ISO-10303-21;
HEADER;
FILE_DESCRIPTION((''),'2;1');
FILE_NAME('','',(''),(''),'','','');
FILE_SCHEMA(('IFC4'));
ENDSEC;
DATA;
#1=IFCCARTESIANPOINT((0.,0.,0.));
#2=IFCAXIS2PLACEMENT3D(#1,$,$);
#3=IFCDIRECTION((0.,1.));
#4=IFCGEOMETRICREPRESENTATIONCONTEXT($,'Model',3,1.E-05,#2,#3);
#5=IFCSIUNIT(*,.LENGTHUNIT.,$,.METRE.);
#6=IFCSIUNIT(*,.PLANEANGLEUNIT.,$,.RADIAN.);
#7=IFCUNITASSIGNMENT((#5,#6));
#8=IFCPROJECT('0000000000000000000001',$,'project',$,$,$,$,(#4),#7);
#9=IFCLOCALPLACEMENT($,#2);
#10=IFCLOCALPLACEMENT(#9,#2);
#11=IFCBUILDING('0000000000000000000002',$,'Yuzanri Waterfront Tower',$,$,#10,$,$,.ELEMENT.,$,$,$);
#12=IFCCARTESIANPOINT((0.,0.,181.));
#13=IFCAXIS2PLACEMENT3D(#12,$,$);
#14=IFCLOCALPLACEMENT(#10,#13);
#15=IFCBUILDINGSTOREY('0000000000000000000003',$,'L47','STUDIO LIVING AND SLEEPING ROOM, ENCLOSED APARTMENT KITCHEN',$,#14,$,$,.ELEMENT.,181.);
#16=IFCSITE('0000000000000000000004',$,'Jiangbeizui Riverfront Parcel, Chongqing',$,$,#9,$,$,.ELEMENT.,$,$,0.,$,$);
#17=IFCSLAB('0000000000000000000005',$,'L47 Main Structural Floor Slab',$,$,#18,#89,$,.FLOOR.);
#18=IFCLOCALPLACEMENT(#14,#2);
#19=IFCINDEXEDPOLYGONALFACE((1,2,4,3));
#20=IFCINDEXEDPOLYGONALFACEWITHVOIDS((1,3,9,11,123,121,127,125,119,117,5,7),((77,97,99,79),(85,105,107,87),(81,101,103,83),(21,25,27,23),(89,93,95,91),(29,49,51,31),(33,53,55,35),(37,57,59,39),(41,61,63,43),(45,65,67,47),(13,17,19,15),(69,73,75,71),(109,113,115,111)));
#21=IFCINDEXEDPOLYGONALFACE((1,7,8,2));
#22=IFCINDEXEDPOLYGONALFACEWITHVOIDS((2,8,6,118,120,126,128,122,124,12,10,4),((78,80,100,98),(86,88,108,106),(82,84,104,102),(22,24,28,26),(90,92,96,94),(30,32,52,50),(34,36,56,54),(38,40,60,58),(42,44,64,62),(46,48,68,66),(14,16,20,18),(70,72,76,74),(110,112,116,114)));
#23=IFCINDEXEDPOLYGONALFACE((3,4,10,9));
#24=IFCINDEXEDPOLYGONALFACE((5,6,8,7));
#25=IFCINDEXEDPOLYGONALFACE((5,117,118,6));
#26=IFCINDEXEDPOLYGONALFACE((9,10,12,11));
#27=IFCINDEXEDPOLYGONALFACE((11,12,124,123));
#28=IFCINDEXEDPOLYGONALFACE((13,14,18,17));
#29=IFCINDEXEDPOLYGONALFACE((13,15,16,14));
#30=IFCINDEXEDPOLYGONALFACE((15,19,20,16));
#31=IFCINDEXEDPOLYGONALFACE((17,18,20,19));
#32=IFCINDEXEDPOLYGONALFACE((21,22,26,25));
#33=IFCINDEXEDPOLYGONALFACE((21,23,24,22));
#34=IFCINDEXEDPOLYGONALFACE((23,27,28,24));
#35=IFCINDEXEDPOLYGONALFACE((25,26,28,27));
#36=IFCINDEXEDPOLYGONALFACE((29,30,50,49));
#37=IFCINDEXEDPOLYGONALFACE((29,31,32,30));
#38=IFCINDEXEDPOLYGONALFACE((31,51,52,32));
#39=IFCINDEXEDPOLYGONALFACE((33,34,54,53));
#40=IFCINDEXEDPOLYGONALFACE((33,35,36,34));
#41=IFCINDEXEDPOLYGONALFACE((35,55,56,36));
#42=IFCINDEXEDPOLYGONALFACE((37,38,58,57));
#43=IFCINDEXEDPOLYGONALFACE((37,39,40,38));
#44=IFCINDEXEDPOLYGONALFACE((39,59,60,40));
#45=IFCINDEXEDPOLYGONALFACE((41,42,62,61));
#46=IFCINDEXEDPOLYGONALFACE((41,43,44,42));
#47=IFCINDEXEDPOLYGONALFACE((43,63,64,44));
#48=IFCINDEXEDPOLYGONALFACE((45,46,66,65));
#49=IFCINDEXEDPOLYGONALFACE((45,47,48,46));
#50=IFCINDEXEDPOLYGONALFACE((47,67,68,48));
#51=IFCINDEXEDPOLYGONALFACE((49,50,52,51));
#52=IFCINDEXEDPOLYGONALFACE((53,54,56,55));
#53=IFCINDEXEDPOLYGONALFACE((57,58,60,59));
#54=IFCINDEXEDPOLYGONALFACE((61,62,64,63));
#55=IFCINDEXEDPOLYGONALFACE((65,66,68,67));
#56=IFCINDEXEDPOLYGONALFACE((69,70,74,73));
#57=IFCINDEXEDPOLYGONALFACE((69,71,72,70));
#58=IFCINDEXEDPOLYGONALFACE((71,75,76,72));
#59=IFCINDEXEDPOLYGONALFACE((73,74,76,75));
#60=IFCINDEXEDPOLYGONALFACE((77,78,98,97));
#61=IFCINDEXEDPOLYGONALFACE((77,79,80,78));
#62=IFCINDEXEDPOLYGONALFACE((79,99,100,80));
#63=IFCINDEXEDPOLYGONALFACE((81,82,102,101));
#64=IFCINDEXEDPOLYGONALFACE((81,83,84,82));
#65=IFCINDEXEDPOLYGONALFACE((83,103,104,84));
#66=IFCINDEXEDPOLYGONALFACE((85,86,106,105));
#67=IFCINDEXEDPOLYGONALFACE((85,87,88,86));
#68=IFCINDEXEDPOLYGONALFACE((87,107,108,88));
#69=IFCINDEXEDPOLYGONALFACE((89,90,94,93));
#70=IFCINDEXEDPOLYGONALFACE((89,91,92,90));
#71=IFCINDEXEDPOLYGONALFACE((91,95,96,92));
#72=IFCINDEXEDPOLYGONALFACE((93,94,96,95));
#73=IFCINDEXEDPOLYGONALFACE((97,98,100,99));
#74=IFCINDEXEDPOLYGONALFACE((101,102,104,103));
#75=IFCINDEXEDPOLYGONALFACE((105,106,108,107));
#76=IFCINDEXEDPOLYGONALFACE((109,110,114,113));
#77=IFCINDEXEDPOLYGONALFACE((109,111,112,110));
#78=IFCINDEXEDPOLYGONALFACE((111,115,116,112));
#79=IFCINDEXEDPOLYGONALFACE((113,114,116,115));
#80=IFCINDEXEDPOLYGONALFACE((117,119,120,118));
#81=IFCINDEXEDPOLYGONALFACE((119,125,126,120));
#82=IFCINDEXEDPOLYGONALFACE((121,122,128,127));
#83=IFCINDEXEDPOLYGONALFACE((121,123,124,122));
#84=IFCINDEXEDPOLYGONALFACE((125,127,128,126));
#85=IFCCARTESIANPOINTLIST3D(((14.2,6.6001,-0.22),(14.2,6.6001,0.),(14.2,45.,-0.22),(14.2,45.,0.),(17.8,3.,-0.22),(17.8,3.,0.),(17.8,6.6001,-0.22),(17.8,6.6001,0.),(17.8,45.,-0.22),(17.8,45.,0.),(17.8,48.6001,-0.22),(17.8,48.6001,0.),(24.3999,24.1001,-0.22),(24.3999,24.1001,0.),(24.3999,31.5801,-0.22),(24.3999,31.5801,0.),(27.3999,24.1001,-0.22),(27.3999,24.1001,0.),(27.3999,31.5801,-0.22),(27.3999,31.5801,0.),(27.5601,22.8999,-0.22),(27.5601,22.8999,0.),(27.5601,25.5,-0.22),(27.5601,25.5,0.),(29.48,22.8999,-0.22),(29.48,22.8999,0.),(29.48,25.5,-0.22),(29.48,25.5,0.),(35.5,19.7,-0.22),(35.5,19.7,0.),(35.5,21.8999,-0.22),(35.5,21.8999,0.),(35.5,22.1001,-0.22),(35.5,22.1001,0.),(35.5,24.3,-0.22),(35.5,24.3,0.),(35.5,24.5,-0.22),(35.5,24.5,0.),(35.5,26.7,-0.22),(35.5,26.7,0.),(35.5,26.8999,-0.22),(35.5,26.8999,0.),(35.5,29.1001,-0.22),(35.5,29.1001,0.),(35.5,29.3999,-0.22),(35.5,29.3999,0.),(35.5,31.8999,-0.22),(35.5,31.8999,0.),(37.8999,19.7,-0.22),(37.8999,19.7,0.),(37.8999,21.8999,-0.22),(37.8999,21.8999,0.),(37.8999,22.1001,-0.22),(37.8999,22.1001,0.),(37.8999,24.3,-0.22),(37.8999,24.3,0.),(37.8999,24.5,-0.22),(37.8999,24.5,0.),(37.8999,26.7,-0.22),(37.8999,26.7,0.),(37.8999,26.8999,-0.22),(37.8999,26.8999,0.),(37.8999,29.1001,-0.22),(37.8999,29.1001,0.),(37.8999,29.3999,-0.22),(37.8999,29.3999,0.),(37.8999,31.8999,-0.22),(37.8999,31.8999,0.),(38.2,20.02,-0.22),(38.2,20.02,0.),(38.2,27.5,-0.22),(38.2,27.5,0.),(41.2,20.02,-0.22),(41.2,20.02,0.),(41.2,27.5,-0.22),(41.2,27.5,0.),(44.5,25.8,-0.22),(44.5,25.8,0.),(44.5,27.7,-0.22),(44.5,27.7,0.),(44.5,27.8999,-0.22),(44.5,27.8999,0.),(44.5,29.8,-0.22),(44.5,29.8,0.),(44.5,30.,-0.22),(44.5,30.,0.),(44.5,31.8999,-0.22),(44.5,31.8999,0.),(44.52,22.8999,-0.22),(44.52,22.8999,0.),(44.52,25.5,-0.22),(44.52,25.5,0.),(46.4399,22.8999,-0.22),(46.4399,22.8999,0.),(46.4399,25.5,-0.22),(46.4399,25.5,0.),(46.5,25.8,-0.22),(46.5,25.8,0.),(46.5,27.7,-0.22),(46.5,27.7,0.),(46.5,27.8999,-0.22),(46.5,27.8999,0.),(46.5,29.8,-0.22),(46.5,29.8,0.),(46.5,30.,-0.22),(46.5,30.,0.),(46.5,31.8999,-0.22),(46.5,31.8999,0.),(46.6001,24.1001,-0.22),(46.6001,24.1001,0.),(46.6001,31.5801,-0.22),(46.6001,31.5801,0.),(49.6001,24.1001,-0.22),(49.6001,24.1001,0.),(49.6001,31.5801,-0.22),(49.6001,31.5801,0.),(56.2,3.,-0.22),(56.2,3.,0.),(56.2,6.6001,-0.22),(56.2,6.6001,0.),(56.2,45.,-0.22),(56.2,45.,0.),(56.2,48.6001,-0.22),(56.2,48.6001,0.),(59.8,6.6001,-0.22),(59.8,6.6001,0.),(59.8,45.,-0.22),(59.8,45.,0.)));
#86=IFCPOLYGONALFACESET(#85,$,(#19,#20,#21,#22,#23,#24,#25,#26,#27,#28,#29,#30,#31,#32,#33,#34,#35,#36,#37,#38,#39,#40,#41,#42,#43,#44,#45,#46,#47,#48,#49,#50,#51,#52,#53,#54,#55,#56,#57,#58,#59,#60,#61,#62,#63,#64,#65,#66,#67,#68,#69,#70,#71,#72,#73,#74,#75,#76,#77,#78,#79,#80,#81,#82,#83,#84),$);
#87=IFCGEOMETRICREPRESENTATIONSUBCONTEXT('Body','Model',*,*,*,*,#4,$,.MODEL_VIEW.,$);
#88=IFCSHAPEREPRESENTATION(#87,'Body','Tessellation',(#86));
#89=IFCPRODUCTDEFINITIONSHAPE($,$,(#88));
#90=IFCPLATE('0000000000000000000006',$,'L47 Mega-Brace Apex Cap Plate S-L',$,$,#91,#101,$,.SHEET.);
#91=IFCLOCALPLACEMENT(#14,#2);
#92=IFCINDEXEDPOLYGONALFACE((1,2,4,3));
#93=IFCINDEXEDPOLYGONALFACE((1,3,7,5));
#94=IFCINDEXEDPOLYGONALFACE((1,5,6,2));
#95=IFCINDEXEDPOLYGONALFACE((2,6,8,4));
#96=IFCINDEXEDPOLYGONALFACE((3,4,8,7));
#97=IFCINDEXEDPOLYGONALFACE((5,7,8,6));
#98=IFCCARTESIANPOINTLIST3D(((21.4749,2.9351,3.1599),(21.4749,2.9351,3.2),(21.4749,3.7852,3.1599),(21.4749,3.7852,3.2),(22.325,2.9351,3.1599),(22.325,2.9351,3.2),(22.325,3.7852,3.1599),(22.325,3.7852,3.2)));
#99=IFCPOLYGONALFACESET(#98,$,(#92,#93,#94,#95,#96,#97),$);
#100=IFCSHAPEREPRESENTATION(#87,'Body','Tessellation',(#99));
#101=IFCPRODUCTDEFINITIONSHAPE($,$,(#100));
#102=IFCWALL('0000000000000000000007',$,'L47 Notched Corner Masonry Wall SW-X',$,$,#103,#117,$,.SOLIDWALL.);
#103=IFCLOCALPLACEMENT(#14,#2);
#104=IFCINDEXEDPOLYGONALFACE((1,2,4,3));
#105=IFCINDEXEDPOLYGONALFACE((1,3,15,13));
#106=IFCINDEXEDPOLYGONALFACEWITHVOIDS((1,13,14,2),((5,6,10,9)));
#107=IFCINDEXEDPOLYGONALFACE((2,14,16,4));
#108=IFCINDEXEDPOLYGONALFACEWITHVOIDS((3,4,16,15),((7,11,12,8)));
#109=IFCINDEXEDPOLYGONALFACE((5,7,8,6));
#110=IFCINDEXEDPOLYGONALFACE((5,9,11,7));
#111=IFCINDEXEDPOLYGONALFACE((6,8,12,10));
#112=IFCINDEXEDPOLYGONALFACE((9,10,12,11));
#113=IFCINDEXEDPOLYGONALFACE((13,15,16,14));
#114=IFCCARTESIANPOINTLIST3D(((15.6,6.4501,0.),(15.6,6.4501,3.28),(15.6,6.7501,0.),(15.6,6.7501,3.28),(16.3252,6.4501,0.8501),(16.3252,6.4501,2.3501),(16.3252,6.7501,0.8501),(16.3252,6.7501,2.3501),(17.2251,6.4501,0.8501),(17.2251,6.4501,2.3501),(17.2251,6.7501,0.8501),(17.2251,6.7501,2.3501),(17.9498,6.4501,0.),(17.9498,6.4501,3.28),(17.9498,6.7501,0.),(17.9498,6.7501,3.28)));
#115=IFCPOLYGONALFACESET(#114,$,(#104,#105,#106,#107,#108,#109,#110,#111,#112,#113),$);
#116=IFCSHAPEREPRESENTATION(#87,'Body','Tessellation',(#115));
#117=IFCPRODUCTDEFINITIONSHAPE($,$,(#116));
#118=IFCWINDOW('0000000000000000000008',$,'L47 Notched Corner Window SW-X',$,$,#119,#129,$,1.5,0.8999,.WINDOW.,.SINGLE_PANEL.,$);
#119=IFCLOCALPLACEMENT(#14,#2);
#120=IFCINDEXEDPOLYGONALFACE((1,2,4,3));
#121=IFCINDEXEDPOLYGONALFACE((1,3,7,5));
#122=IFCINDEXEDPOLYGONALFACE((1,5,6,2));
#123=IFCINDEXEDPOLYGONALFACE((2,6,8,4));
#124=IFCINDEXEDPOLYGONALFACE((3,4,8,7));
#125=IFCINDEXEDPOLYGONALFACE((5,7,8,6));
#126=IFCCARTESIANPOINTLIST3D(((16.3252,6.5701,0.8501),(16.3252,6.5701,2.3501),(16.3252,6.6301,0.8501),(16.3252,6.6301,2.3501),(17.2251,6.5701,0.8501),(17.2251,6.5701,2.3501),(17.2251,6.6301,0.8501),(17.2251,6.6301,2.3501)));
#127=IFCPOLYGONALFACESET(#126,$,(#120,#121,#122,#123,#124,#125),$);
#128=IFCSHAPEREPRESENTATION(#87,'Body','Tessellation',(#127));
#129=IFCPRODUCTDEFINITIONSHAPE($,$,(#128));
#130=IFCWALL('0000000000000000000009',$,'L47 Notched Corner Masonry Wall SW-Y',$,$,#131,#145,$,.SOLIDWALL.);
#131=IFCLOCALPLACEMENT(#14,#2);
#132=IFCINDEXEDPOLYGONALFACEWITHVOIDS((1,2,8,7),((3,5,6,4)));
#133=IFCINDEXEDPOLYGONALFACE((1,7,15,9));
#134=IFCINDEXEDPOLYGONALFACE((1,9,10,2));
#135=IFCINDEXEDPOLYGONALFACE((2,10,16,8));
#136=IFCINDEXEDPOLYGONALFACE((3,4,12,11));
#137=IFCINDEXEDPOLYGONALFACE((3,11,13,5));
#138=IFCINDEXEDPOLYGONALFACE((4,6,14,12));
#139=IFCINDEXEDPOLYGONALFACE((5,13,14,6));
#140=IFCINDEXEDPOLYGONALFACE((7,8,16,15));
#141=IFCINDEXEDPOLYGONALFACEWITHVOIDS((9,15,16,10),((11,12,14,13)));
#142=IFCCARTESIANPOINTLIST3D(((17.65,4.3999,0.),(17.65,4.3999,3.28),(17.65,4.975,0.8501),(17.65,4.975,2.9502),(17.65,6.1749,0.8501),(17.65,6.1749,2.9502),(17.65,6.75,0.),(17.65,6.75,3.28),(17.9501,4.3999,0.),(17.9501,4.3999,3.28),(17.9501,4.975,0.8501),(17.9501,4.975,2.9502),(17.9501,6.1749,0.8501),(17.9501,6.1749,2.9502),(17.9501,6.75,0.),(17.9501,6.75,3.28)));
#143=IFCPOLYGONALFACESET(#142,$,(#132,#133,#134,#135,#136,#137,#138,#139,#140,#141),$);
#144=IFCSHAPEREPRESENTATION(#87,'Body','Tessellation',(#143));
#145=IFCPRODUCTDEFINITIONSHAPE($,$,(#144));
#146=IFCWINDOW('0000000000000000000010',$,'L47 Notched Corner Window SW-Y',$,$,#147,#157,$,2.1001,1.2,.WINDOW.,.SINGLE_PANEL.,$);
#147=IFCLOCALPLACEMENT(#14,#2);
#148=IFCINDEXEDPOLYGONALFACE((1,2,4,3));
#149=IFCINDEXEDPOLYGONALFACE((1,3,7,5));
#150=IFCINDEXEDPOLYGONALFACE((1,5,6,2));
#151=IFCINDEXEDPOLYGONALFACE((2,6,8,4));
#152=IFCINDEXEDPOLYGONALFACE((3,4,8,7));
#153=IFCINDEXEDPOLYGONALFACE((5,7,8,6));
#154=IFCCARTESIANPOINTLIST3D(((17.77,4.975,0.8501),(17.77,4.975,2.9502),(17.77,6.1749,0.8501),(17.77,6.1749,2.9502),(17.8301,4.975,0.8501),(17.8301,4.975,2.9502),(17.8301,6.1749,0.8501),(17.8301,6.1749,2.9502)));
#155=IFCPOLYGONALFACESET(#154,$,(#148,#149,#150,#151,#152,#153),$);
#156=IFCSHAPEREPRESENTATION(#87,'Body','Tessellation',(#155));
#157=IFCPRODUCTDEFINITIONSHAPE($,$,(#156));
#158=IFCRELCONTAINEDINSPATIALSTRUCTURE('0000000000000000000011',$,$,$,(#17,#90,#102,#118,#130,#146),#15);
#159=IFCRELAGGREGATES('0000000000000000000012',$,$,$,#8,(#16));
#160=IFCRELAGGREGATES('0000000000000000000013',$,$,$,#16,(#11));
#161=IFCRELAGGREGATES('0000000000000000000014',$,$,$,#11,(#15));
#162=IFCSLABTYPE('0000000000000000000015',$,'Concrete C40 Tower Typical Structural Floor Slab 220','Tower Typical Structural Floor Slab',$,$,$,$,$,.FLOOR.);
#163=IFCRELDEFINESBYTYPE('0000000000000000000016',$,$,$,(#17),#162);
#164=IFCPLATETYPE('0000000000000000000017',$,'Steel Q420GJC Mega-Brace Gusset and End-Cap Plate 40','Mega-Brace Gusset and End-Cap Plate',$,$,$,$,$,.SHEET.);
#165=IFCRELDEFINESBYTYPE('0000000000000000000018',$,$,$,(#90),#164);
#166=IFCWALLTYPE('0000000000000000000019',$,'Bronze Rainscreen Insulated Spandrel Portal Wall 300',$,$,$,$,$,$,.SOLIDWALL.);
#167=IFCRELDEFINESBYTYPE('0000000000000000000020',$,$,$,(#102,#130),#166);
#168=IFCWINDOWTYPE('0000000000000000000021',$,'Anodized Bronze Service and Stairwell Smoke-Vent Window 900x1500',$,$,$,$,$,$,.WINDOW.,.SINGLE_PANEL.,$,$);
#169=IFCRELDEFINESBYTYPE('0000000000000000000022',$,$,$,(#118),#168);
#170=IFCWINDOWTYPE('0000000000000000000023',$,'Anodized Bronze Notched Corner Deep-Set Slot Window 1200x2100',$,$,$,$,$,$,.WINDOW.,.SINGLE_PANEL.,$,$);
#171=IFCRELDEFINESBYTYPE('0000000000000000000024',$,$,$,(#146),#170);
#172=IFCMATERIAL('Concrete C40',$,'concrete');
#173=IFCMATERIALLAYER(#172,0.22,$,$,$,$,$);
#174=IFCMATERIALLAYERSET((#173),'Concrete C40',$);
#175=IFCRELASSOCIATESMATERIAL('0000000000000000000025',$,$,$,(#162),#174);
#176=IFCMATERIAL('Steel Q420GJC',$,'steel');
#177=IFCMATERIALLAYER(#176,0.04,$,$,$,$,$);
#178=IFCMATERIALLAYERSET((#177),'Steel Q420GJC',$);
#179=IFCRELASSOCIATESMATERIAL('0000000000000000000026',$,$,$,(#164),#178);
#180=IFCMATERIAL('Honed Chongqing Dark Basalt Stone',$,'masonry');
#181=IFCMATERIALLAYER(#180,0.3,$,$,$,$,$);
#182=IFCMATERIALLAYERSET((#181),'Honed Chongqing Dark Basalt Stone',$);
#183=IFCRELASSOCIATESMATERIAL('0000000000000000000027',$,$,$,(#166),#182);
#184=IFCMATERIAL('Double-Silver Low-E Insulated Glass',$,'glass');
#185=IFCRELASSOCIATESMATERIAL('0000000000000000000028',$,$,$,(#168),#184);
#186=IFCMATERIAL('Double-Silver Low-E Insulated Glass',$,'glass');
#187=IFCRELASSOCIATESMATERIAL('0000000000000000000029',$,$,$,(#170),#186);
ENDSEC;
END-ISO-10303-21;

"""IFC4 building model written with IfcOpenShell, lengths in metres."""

from ifc_helpers import new_model, si_unit, direction, frame, frame_2d, origin, origin_2d, place, context, subcontext, project, spatial, polyline, rectangle, outline, extrude, source, transform, mapped, material, layer, layer_set, type_object, element, fill, save


model = new_model("IFC4")

# Units and contexts
model_context = context("Model", 3, precision=1e-05, world=origin(), true_north=direction((0.0, 1.0)))
body_context = subcontext(model_context, "Body", "Model", "MODEL_VIEW")
ifc_project = project(units=[si_unit("LENGTHUNIT", "METRE"), si_unit("PLANEANGLEUNIT", "RADIAN")], contexts=[model_context])

# Site, building, storey
site_placement = place(None, origin())
site = spatial("IfcSite", under=ifc_project, at=site_placement, Name="Jiangbeizui Riverfront Parcel, Chongqing", CompositionType="ELEMENT", RefElevation=0.0)
building_placement = place(site_placement, origin())
building = spatial("IfcBuilding", under=site, at=building_placement, Name="Yuzanri Waterfront Tower", CompositionType="ELEMENT")
storey_placement = place(building_placement, frame((0.0, 0.0, 181.0)))
storey = spatial("IfcBuildingStorey", under=building, at=storey_placement, Name="L47", Description="STUDIO LIVING AND SLEEPING ROOM, ENCLOSED APARTMENT KITCHEN", CompositionType="ELEMENT", Elevation=181.0)

# Slab
ifc_material_1 = material(Name="Concrete C40", Category="concrete")
ifc_layer_1 = layer(ifc_material_1, 0.22)
ifc_layer_set_1 = layer_set([ifc_layer_1], Name="Concrete C40")
slab_type_1 = type_object("IfcSlabType", Name="Concrete C40 Tower Typical Structural Floor Slab 220", Description="Tower Typical Structural Floor Slab", PredefinedType="FLOOR", material=ifc_layer_set_1)
slab_1_placement = place(storey_placement, frame((0.0, 0.0, -0.22)))
element("IfcSlab", 1, at=slab_1_placement, inside=storey, type_object=slab_type_1, Name="L47 Main Structural Floor Slab", PredefinedType="FLOOR", context=body_context, shape_type="SweptSolid", body=[
    extrude(outline(polyline([(17.8, 3.0), (56.2, 3.0), (56.2, 6.6001), (59.8, 6.6001), (59.8, 45.0), (56.2, 45.0), (56.2, 48.6001), (17.8, 48.6001), (17.8, 45.0), (14.2, 45.0), (14.2, 6.6001), (17.8, 6.6001), (17.8, 3.0)]), holes=[polyline([(27.3999, 24.1001), (27.3999, 31.5801), (24.3999, 31.5801), (24.3999, 24.1001), (27.3999, 24.1001)]), polyline([(49.6001, 24.1001), (49.6001, 31.5801), (46.6001, 31.5801), (46.6001, 24.1001), (49.6001, 24.1001)]), polyline([(38.2, 27.5), (38.2, 20.02), (41.2, 20.02), (41.2, 27.5), (38.2, 27.5)]), polyline([(27.5601, 22.8999), (29.48, 22.8999), (29.48, 25.5), (27.5601, 25.5), (27.5601, 22.8999)]), polyline([(44.52, 22.8999), (46.4399, 22.8999), (46.4399, 25.5), (44.52, 25.5), (44.52, 22.8999)]), polyline([(35.5, 19.7), (37.8999, 19.7), (37.8999, 21.8999), (35.5, 21.8999), (35.5, 19.7)]), polyline([(35.5, 22.1001), (37.8999, 22.1001), (37.8999, 24.3), (35.5, 24.3), (35.5, 22.1001)]), polyline([(35.5, 24.5), (37.8999, 24.5), (37.8999, 26.7), (35.5, 26.7), (35.5, 24.5)]), polyline([(35.5, 26.8999), (37.8999, 26.8999), (37.8999, 29.1001), (35.5, 29.1001), (35.5, 26.8999)]), polyline([(35.5, 29.3999), (37.8999, 29.3999), (37.8999, 31.8999), (35.5, 31.8999), (35.5, 29.3999)]), polyline([(44.5, 25.8), (46.5, 25.8), (46.5, 27.7), (44.5, 27.7), (44.5, 25.8)]), polyline([(44.5, 27.8999), (46.5, 27.8999), (46.5, 29.8), (44.5, 29.8), (44.5, 27.8999)]), polyline([(44.5, 30.0), (46.5, 30.0), (46.5, 31.8999), (44.5, 31.8999), (44.5, 30.0)])]), origin(), (0.0, 0.0, 1.0), 0.22),
])

# Plate
ifc_material_2 = material(Name="Steel Q420GJC", Category="steel")
ifc_layer_2 = layer(ifc_material_2, 0.04)
ifc_layer_set_2 = layer_set([ifc_layer_2], Name="Steel Q420GJC")
plate_type = type_object("IfcPlateType", Name="Steel Q420GJC Mega-Brace Gusset and End-Cap Plate 40", Description="Mega-Brace Gusset and End-Cap Plate", PredefinedType="SHEET", material=ifc_layer_set_2)
shared_shape_1 = source(origin(), body_context, "Body", "SweptSolid", [
    extrude(rectangle(XDim=0.8501, YDim=0.8501, at=origin_2d()), origin(), (0.0, 0.0, 1.0), 0.04),
])
plate_placement = place(storey_placement, frame((21.8999, 3.3601, 3.1599), z_axis=(0.0, 0.0, 1.0), x_axis=(1.0, 0.0, 0.0)))
element("IfcPlate", 2, at=plate_placement, inside=storey, type_object=plate_type, Name="L47 Mega-Brace Apex Cap Plate S-L", PredefinedType="SHEET", context=body_context, shape_type="MappedRepresentation", body=[
    mapped(shared_shape_1, transform((0.0, 0.0, 0.0), scale=1.0)),
])

# Walls, openings, windows
ifc_material_3 = material(Name="Honed Chongqing Dark Basalt Stone", Category="masonry")
ifc_layer_3 = layer(ifc_material_3, 0.3)
ifc_layer_set_3 = layer_set([ifc_layer_3], Name="Honed Chongqing Dark Basalt Stone")
wall_type_1 = type_object("IfcWallType", Name="Bronze Rainscreen Insulated Spandrel Portal Wall 300", PredefinedType="SOLIDWALL", material=ifc_layer_set_3)
wall_1_placement = place(storey_placement, frame((15.6001, 6.6001, 0.0), z_axis=(0.0, 0.0, 1.0), x_axis=(1.0, 0.0, 0.0)))
wall_1 = element("IfcWall", 3, at=wall_1_placement, inside=storey, type_object=wall_type_1, Name="L47 Notched Corner Masonry Wall SW-X", PredefinedType="SOLIDWALL", context=body_context, shape_type="SweptSolid", body=[
    extrude(rectangle(XDim=2.3499, YDim=0.3, at=frame_2d((1.1748, 0.0))), origin(), (0.0, 0.0, 1.0), 3.28),
])
opening_1_placement = place(wall_1_placement, frame((0.7251, 0.0, 0.8501)))
opening_1 = element("IfcOpeningElement", 4, at=opening_1_placement, cuts=wall_1, PredefinedType="OPENING", context=body_context, shape_type="SweptSolid", body=[
    extrude(rectangle(XDim=0.8999, YDim=1.5, at=frame_2d((0.45, 0.75))), frame((0.0, 0.165, 0.0), z_axis=(0.0, -1.0, 0.0), x_axis=(1.0, 0.0, 0.0)), (0.0, 0.0, 1.0), 0.3298),
])
ifc_material_4 = material(Name="Double-Silver Low-E Insulated Glass", Category="glass")
window_type_1 = type_object("IfcWindowType", Name="Anodized Bronze Service and Stairwell Smoke-Vent Window 900x1500", PartitioningType="SINGLE_PANEL", PredefinedType="WINDOW", material=ifc_material_4)
shared_shape_2 = source(origin(), body_context, "Body", "SweptSolid", [
    extrude(rectangle(XDim=0.8999, YDim=1.5, at=frame_2d((0.45, 0.75))), frame((0.0, 0.03, 0.0), z_axis=(0.0, -1.0, 0.0), x_axis=(1.0, 0.0, 0.0)), (0.0, 0.0, 1.0), 0.0601),
])
window_1_placement = place(opening_1_placement, origin())
window_1 = element("IfcWindow", 5, at=window_1_placement, inside=storey, type_object=window_type_1, Name="L47 Notched Corner Window SW-X", OverallHeight=1.5, OverallWidth=0.8999, PartitioningType="SINGLE_PANEL", PredefinedType="WINDOW", context=body_context, shape_type="MappedRepresentation", body=[
    mapped(shared_shape_2, transform((0.0, 0.0, 0.0), scale=1.0)),
])
fill(opening_1, window_1)
wall_2_placement = place(storey_placement, frame((17.8, 6.75, 0.0), z_axis=(0.0, 0.0, 1.0), x_axis=(0.0, -1.0, 0.0)))
wall_2 = element("IfcWall", 6, at=wall_2_placement, inside=storey, type_object=wall_type_1, Name="L47 Notched Corner Masonry Wall SW-Y", PredefinedType="SOLIDWALL", context=body_context, shape_type="SweptSolid", body=[
    extrude(rectangle(XDim=2.3501, YDim=0.3, at=frame_2d((1.175, 0.0))), origin(), (0.0, 0.0, 1.0), 3.28),
])
opening_2_placement = place(wall_2_placement, frame((0.575, 0.0, 0.8501)))
opening_2 = element("IfcOpeningElement", 7, at=opening_2_placement, cuts=wall_2, PredefinedType="OPENING", context=body_context, shape_type="SweptSolid", body=[
    extrude(rectangle(XDim=1.2, YDim=2.1001, at=frame_2d((0.6001, 1.05))), frame((0.0, 0.165, 0.0), z_axis=(0.0, -1.0, 0.0), x_axis=(1.0, 0.0, 0.0)), (0.0, 0.0, 1.0), 0.3298),
])
ifc_material_5 = material(Name="Double-Silver Low-E Insulated Glass", Category="glass")
window_type_2 = type_object("IfcWindowType", Name="Anodized Bronze Notched Corner Deep-Set Slot Window 1200x2100", PartitioningType="SINGLE_PANEL", PredefinedType="WINDOW", material=ifc_material_5)
shared_shape_3 = source(origin(), body_context, "Body", "SweptSolid", [
    extrude(rectangle(XDim=1.2, YDim=2.1001, at=frame_2d((0.6001, 1.05))), frame((0.0, 0.03, 0.0), z_axis=(0.0, -1.0, 0.0), x_axis=(1.0, 0.0, 0.0)), (0.0, 0.0, 1.0), 0.0601),
])
window_2_placement = place(opening_2_placement, origin())
window_2 = element("IfcWindow", 8, at=window_2_placement, inside=storey, type_object=window_type_2, Name="L47 Notched Corner Window SW-Y", OverallHeight=2.1001, OverallWidth=1.2, PartitioningType="SINGLE_PANEL", PredefinedType="WINDOW", context=body_context, shape_type="MappedRepresentation", body=[
    mapped(shared_shape_3, transform((0.0, 0.0, 0.0), scale=1.0)),
])
fill(opening_2, window_2)

save(model, "model.ifc")
